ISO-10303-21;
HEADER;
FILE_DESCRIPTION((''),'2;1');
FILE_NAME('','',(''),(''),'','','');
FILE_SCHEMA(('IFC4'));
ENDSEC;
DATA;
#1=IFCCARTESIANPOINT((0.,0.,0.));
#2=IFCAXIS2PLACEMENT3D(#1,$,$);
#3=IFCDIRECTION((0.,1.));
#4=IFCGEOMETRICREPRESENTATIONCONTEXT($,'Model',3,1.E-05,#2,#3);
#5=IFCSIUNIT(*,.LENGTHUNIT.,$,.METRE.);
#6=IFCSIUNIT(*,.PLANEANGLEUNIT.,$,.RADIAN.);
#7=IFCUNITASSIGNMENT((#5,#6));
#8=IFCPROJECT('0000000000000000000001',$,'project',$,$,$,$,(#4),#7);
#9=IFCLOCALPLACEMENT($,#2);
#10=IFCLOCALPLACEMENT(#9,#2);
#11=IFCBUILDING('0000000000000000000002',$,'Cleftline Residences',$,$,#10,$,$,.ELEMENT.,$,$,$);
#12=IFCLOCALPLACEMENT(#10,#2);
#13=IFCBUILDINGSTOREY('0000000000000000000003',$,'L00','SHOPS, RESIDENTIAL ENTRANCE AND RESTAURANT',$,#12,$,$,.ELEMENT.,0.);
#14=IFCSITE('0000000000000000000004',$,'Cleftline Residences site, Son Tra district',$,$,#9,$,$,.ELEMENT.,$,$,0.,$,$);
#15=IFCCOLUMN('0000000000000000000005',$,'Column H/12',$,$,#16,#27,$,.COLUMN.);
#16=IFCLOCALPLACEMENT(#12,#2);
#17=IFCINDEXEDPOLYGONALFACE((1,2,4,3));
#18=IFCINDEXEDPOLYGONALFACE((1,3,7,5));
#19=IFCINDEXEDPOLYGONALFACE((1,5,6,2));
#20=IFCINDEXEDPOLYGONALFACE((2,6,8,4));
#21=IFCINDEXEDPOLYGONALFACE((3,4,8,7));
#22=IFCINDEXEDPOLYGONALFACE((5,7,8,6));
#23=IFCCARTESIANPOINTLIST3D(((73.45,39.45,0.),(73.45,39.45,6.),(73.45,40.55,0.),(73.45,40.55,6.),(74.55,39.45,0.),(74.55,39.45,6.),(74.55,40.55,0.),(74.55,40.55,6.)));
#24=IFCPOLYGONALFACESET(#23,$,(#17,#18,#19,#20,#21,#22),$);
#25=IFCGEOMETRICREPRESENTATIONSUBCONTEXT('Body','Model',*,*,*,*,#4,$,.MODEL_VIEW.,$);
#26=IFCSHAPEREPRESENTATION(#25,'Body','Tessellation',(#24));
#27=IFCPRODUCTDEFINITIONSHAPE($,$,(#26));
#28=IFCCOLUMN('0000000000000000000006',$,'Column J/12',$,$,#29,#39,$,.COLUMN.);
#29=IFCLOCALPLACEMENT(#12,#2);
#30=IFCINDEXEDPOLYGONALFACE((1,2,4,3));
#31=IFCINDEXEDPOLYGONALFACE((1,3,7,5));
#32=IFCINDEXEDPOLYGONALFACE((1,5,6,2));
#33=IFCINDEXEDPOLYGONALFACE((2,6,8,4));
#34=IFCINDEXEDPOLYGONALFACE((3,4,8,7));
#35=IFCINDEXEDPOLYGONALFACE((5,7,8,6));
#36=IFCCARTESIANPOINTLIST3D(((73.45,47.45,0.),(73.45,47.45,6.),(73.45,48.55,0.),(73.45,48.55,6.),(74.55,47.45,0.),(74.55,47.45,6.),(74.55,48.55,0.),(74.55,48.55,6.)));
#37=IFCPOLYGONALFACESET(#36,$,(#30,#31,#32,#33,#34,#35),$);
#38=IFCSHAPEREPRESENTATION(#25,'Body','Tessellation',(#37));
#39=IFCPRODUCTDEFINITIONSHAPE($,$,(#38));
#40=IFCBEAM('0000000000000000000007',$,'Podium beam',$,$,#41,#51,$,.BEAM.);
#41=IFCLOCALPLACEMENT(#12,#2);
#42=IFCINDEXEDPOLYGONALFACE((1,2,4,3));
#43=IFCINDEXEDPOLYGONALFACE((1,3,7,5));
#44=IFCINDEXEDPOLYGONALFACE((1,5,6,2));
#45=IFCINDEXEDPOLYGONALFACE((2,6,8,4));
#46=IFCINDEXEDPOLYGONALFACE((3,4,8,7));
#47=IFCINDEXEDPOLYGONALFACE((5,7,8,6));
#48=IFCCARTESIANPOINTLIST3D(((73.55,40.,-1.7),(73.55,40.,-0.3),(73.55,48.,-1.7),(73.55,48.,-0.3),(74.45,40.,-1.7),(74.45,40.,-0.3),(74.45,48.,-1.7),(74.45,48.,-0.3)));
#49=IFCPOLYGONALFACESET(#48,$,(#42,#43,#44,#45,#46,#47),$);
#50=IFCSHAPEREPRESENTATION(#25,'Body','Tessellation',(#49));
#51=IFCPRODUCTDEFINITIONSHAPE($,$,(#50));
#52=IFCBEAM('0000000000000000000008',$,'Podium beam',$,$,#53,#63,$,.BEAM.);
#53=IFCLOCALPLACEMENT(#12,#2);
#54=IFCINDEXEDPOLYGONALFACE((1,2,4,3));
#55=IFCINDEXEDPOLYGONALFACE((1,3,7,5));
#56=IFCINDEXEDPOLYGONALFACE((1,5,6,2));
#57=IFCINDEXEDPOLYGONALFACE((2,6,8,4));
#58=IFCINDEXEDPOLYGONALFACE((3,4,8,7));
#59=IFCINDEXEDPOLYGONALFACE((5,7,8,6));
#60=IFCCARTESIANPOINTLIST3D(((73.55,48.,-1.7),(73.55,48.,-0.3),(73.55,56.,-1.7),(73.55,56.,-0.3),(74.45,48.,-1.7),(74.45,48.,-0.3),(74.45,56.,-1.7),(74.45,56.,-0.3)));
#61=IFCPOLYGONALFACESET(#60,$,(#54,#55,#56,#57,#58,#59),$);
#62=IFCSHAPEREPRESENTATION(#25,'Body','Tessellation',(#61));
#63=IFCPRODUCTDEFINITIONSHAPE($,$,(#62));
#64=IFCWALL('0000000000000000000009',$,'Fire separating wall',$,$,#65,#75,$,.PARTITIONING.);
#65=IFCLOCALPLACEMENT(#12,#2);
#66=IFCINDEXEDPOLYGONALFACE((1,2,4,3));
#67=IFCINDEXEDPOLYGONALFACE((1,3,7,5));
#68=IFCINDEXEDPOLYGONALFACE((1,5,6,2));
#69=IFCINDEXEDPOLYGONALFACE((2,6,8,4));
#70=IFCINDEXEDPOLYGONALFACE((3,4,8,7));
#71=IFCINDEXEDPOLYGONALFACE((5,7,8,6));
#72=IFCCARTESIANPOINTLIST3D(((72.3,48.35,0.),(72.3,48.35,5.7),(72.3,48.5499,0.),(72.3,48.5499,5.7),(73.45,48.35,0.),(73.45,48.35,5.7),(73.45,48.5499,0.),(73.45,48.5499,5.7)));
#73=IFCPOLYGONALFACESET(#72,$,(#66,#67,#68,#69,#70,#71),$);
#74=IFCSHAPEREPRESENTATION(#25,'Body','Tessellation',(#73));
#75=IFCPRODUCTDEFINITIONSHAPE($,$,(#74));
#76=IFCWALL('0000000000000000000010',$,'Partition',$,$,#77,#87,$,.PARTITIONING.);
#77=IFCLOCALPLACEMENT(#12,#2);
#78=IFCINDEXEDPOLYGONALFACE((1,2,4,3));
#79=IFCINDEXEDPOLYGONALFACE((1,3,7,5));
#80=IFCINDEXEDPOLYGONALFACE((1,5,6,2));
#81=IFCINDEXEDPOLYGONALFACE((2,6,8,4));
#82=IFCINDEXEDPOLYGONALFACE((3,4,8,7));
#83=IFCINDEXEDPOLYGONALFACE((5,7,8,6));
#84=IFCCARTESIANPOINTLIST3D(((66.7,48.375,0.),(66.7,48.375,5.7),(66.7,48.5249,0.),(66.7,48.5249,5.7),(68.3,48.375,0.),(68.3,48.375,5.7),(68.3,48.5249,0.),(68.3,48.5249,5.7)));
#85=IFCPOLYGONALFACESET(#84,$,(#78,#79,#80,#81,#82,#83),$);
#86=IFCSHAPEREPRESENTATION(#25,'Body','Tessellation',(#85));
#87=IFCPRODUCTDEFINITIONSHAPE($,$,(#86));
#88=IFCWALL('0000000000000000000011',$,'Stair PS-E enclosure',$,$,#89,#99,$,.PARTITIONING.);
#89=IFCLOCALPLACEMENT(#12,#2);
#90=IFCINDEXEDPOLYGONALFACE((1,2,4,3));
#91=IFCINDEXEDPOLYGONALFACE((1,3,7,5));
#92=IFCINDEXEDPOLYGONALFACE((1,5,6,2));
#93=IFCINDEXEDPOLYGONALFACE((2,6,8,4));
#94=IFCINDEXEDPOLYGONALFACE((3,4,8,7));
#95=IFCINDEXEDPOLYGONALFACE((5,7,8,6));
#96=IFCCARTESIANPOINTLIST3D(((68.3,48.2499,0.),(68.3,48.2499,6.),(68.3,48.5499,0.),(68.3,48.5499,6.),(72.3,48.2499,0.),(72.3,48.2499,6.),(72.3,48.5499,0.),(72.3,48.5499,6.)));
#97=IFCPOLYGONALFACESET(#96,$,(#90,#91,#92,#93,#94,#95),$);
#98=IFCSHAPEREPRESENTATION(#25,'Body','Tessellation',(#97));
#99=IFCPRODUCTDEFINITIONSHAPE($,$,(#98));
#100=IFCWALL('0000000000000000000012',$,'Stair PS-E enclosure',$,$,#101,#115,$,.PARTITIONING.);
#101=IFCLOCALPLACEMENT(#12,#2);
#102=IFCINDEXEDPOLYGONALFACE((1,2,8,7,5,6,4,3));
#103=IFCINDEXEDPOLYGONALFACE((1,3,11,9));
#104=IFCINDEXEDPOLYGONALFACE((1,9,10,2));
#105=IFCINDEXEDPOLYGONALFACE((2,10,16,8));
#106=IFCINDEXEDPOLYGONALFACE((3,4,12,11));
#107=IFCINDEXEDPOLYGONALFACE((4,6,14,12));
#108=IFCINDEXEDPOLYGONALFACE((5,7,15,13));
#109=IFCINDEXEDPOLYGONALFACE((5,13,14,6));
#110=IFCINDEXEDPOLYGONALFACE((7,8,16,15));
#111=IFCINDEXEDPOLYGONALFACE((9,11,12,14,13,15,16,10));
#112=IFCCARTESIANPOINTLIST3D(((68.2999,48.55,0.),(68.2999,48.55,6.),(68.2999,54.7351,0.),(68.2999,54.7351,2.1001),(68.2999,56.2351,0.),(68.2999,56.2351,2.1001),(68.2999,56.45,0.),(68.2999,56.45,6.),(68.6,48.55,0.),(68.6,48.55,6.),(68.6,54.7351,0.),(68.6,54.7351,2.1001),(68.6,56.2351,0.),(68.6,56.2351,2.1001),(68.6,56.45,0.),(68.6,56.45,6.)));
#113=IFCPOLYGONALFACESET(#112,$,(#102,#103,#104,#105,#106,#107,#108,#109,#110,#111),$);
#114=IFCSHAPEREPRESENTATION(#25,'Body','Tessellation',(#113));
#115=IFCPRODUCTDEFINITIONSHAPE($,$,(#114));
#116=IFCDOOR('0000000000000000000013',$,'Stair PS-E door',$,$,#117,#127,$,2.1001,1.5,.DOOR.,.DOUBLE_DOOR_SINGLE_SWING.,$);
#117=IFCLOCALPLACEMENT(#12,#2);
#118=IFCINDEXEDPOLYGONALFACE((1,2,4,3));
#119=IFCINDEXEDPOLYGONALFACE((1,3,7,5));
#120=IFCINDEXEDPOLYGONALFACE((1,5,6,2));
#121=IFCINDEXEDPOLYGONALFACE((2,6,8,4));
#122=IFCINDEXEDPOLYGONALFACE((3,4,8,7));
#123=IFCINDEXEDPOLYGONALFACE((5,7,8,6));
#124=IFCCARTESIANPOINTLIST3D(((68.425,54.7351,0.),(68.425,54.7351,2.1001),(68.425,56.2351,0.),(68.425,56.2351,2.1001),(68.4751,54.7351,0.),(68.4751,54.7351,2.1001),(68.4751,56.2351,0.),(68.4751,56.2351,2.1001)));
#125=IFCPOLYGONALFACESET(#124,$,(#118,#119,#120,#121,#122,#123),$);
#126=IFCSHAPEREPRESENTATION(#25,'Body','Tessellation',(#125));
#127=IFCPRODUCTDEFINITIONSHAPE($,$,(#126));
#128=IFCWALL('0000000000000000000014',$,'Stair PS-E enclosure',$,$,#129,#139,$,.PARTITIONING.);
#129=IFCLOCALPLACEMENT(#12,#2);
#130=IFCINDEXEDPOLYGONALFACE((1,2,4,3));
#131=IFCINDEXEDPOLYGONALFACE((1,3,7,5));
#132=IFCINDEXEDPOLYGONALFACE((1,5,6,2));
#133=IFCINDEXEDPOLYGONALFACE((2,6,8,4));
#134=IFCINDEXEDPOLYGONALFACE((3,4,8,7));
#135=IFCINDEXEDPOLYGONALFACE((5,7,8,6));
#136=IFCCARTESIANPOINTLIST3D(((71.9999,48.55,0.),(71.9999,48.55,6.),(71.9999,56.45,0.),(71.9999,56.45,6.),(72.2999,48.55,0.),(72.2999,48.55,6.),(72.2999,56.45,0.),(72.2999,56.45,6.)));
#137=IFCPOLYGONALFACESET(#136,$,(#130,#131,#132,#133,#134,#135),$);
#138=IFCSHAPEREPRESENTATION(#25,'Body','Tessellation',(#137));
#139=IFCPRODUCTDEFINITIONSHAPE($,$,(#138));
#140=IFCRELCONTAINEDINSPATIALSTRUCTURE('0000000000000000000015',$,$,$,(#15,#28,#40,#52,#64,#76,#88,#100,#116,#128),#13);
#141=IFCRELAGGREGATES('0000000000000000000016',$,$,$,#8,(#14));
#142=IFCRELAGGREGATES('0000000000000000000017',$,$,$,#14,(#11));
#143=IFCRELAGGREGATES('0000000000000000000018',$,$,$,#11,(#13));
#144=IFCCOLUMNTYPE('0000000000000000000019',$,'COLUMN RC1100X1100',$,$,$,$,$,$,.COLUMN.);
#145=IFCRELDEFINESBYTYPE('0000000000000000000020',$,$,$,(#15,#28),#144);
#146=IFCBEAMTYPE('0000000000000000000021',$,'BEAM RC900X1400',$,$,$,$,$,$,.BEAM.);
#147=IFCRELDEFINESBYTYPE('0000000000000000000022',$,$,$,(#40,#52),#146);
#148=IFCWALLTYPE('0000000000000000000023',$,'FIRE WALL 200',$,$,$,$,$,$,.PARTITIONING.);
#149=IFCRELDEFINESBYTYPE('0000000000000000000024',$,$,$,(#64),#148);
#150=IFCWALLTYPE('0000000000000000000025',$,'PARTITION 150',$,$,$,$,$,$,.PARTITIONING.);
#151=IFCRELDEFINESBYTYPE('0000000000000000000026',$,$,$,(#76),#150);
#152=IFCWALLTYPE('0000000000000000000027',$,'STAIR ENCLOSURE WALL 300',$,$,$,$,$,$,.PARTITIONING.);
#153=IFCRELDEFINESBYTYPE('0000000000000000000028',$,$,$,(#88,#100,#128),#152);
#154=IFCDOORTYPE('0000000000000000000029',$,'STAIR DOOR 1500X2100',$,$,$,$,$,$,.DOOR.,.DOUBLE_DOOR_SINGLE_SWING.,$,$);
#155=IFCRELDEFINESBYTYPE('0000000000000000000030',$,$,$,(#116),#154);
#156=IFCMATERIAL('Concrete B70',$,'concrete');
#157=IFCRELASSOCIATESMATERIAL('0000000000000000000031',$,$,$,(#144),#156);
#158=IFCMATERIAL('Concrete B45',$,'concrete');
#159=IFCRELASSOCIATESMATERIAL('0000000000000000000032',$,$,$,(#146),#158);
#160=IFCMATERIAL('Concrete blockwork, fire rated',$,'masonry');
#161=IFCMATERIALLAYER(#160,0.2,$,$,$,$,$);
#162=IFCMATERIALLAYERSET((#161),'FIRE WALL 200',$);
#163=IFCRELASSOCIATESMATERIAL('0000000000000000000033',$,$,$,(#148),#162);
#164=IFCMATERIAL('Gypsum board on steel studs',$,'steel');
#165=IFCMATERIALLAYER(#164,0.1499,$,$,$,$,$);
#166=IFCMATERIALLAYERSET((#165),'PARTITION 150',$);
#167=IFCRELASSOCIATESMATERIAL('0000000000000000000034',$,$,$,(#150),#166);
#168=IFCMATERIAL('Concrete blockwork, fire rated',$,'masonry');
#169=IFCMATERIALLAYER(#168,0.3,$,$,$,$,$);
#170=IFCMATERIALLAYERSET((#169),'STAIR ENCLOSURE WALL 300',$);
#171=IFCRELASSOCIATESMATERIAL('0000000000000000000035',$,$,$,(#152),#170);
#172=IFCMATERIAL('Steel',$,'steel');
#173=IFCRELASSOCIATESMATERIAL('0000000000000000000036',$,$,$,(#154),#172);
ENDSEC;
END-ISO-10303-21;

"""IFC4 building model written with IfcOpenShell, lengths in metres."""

from ifc_helpers import new_model, si_unit, direction, frame, frame_2d, origin, origin_2d, place, context, subcontext, project, spatial, rectangle, extrude, material, layer, layer_set, material_profile, profile_set, type_object, element, fill, save


model = new_model("IFC4")

# Units and contexts
model_context = context("Model", 3, precision=1e-05, world=origin(), true_north=direction((0.0, 1.0)))
body_context = subcontext(model_context, "Body", "Model", "MODEL_VIEW")
ifc_project = project(units=[si_unit("LENGTHUNIT", "METRE"), si_unit("PLANEANGLEUNIT", "RADIAN")], contexts=[model_context])

# Site, building, storey
site_placement = place(None, origin())
site = spatial("IfcSite", under=ifc_project, at=site_placement, Name="Cleftline Residences site, Son Tra district", CompositionType="ELEMENT", RefElevation=0.0)
building_placement = place(site_placement, origin())
building = spatial("IfcBuilding", under=site, at=building_placement, Name="Cleftline Residences", CompositionType="ELEMENT")
storey_placement = place(building_placement, origin())
storey = spatial("IfcBuildingStorey", under=building, at=storey_placement, Name="L00", Description="SHOPS, RESIDENTIAL ENTRANCE AND RESTAURANT", CompositionType="ELEMENT", Elevation=0.0)

# Columns
ifc_material_1 = material(Name="Concrete B70", Category="concrete")
ifc_material_profile_1 = material_profile(ifc_material_1, rectangle(XDim=1.1001, YDim=1.1001, at=origin_2d()))
ifc_profile_set_1 = profile_set([ifc_material_profile_1], Name="Concrete B70")
column_type = type_object("IfcColumnType", Name="COLUMN RC1100X1100", PredefinedType="COLUMN", material=ifc_profile_set_1)
for number, where, z_axis, x_axis, name in (
    (1, (74.0, 40.0, 0.0), (0.0, 0.0, 1.0), (1.0, 0.0, 0.0), "Column H/12"),
    (2, (74.0, 48.0, 0.0), (0.0, 0.0, 1.0), (1.0, 0.0, 0.0), "Column J/12"),
):
    element("IfcColumn", number, at=place(storey_placement, frame(where, z_axis=z_axis, x_axis=x_axis)), inside=storey, type_object=column_type, Name=name, PredefinedType="COLUMN", context=body_context, shape_type="SweptSolid", body=[
        extrude(rectangle(XDim=1.1001, YDim=1.1001, at=origin_2d()), origin(), (0.0, 0.0, 1.0), 6.0),
    ])

# Beams
ifc_material_2 = material(Name="Concrete B45", Category="concrete")
ifc_material_profile_2 = material_profile(ifc_material_2, rectangle(XDim=0.8999, YDim=1.3999, at=origin_2d()))
ifc_profile_set_2 = profile_set([ifc_material_profile_2], Name="Concrete B45")
beam_type = type_object("IfcBeamType", Name="BEAM RC900X1400", PredefinedType="BEAM", material=ifc_profile_set_2)
for number, where, z_axis, x_axis, name in (
    (3, (74.0, 40.0, -1.0), (0.0, 1.0, 0.0), (-1.0, 0.0, 0.0), "Podium beam"),
    (4, (74.0, 48.0, -1.0), (0.0, 1.0, 0.0), (-1.0, 0.0, 0.0), "Podium beam"),
):
    element("IfcBeam", number, at=place(storey_placement, frame(where, z_axis=z_axis, x_axis=x_axis)), inside=storey, type_object=beam_type, Name=name, PredefinedType="BEAM", context=body_context, shape_type="SweptSolid", body=[
        extrude(rectangle(XDim=0.8999, YDim=1.3999, at=origin_2d()), origin(), (0.0, 0.0, 1.0), 8.0),
    ])

# Walls
ifc_material_3 = material(Name="Concrete blockwork, fire rated", Category="masonry")
ifc_layer_1 = layer(ifc_material_3, 0.2)
ifc_layer_set_1 = layer_set([ifc_layer_1], Name="FIRE WALL 200")
wall_type_1 = type_object("IfcWallType", Name="FIRE WALL 200", PredefinedType="PARTITIONING", material=ifc_layer_set_1)
wall_1_placement = place(storey_placement, frame((72.3, 48.45, 0.0), z_axis=(0.0, 0.0, 1.0), x_axis=(1.0, 0.0, 0.0)))
element("IfcWall", 5, at=wall_1_placement, inside=storey, type_object=wall_type_1, Name="Fire separating wall", PredefinedType="PARTITIONING", context=body_context, shape_type="SweptSolid", body=[
    extrude(rectangle(XDim=1.1499, YDim=0.2, at=frame_2d((0.575, 0.0))), origin(), (0.0, 0.0, 1.0), 5.7),
])
ifc_material_4 = material(Name="Gypsum board on steel studs", Category="steel")
ifc_layer_2 = layer(ifc_material_4, 0.1499)
ifc_layer_set_2 = layer_set([ifc_layer_2], Name="PARTITION 150")
wall_type_2 = type_object("IfcWallType", Name="PARTITION 150", PredefinedType="PARTITIONING", material=ifc_layer_set_2)
wall_2_placement = place(storey_placement, frame((66.7, 48.45, 0.0), z_axis=(0.0, 0.0, 1.0), x_axis=(1.0, 0.0, 0.0)))
element("IfcWall", 6, at=wall_2_placement, inside=storey, type_object=wall_type_2, Name="Partition", PredefinedType="PARTITIONING", context=body_context, shape_type="SweptSolid", body=[
    extrude(rectangle(XDim=1.6001, YDim=0.1499, at=frame_2d((0.8, 0.0))), origin(), (0.0, 0.0, 1.0), 5.7),
])
ifc_material_5 = material(Name="Concrete blockwork, fire rated", Category="masonry")
ifc_layer_3 = layer(ifc_material_5, 0.3)
ifc_layer_set_3 = layer_set([ifc_layer_3], Name="STAIR ENCLOSURE WALL 300")
wall_type_3 = type_object("IfcWallType", Name="STAIR ENCLOSURE WALL 300", PredefinedType="PARTITIONING", material=ifc_layer_set_3)
wall_3_placement = place(storey_placement, frame((68.3, 48.3999, 0.0), z_axis=(0.0, 0.0, 1.0), x_axis=(1.0, 0.0, 0.0)))
element("IfcWall", 7, at=wall_3_placement, inside=storey, type_object=wall_type_3, Name="Stair PS-E enclosure", PredefinedType="PARTITIONING", context=body_context, shape_type="SweptSolid", body=[
    extrude(rectangle(XDim=4.0, YDim=0.3, at=frame_2d((2.0, 0.0))), origin(), (0.0, 0.0, 1.0), 6.0),
])

# Wall, opening, door
wall_4_placement = place(storey_placement, frame((68.45, 48.55, 0.0), z_axis=(0.0, 0.0, 1.0), x_axis=(0.0, 1.0, 0.0)))
wall_4 = element("IfcWall", 8, at=wall_4_placement, inside=storey, type_object=wall_type_3, Name="Stair PS-E enclosure", PredefinedType="PARTITIONING", context=body_context, shape_type="SweptSolid", body=[
    extrude(rectangle(XDim=7.8999, YDim=0.3, at=frame_2d((3.95, 0.0))), origin(), (0.0, 0.0, 1.0), 6.0),
])
opening_placement = place(wall_4_placement, frame((6.1851, 0.0, 0.0)))
opening = element("IfcOpeningElement", 9, at=opening_placement, cuts=wall_4, PredefinedType="OPENING", context=body_context, shape_type="SweptSolid", body=[
    extrude(rectangle(XDim=1.5, YDim=2.1001, at=frame_2d((0.75, 1.05))), frame((0.0, 0.1599, 0.0), z_axis=(0.0, -1.0, 0.0), x_axis=(1.0, 0.0, 0.0)), (0.0, 0.0, 1.0), 0.3201),
])
ifc_material_6 = material(Name="Steel", Category="steel")
door_type = type_object("IfcDoorType", Name="STAIR DOOR 1500X2100", OperationType="DOUBLE_DOOR_SINGLE_SWING", PredefinedType="DOOR", material=ifc_material_6)
door_placement = place(opening_placement, origin())
door = element("IfcDoor", 10, at=door_placement, inside=storey, type_object=door_type, Name="Stair PS-E door", OperationType="DOUBLE_DOOR_SINGLE_SWING", OverallHeight=2.1001, OverallWidth=1.5, PredefinedType="DOOR", context=body_context, shape_type="SweptSolid", body=[
    extrude(rectangle(XDim=1.5, YDim=2.1001, at=frame_2d((0.75, 1.05))), frame((0.0, 0.0249, 0.0), z_axis=(0.0, -1.0, 0.0), x_axis=(1.0, 0.0, 0.0)), (0.0, 0.0, 1.0), 0.05),
])
fill(opening, door)

# Wall
wall_5_placement = place(storey_placement, frame((72.1499, 48.55, 0.0), z_axis=(0.0, 0.0, 1.0), x_axis=(0.0, 1.0, 0.0)))
element("IfcWall", 11, at=wall_5_placement, inside=storey, type_object=wall_type_3, Name="Stair PS-E enclosure", PredefinedType="PARTITIONING", context=body_context, shape_type="SweptSolid", body=[
    extrude(rectangle(XDim=7.8999, YDim=0.3, at=frame_2d((3.95, 0.0))), origin(), (0.0, 0.0, 1.0), 6.0),
])

save(model, "model.ifc")
